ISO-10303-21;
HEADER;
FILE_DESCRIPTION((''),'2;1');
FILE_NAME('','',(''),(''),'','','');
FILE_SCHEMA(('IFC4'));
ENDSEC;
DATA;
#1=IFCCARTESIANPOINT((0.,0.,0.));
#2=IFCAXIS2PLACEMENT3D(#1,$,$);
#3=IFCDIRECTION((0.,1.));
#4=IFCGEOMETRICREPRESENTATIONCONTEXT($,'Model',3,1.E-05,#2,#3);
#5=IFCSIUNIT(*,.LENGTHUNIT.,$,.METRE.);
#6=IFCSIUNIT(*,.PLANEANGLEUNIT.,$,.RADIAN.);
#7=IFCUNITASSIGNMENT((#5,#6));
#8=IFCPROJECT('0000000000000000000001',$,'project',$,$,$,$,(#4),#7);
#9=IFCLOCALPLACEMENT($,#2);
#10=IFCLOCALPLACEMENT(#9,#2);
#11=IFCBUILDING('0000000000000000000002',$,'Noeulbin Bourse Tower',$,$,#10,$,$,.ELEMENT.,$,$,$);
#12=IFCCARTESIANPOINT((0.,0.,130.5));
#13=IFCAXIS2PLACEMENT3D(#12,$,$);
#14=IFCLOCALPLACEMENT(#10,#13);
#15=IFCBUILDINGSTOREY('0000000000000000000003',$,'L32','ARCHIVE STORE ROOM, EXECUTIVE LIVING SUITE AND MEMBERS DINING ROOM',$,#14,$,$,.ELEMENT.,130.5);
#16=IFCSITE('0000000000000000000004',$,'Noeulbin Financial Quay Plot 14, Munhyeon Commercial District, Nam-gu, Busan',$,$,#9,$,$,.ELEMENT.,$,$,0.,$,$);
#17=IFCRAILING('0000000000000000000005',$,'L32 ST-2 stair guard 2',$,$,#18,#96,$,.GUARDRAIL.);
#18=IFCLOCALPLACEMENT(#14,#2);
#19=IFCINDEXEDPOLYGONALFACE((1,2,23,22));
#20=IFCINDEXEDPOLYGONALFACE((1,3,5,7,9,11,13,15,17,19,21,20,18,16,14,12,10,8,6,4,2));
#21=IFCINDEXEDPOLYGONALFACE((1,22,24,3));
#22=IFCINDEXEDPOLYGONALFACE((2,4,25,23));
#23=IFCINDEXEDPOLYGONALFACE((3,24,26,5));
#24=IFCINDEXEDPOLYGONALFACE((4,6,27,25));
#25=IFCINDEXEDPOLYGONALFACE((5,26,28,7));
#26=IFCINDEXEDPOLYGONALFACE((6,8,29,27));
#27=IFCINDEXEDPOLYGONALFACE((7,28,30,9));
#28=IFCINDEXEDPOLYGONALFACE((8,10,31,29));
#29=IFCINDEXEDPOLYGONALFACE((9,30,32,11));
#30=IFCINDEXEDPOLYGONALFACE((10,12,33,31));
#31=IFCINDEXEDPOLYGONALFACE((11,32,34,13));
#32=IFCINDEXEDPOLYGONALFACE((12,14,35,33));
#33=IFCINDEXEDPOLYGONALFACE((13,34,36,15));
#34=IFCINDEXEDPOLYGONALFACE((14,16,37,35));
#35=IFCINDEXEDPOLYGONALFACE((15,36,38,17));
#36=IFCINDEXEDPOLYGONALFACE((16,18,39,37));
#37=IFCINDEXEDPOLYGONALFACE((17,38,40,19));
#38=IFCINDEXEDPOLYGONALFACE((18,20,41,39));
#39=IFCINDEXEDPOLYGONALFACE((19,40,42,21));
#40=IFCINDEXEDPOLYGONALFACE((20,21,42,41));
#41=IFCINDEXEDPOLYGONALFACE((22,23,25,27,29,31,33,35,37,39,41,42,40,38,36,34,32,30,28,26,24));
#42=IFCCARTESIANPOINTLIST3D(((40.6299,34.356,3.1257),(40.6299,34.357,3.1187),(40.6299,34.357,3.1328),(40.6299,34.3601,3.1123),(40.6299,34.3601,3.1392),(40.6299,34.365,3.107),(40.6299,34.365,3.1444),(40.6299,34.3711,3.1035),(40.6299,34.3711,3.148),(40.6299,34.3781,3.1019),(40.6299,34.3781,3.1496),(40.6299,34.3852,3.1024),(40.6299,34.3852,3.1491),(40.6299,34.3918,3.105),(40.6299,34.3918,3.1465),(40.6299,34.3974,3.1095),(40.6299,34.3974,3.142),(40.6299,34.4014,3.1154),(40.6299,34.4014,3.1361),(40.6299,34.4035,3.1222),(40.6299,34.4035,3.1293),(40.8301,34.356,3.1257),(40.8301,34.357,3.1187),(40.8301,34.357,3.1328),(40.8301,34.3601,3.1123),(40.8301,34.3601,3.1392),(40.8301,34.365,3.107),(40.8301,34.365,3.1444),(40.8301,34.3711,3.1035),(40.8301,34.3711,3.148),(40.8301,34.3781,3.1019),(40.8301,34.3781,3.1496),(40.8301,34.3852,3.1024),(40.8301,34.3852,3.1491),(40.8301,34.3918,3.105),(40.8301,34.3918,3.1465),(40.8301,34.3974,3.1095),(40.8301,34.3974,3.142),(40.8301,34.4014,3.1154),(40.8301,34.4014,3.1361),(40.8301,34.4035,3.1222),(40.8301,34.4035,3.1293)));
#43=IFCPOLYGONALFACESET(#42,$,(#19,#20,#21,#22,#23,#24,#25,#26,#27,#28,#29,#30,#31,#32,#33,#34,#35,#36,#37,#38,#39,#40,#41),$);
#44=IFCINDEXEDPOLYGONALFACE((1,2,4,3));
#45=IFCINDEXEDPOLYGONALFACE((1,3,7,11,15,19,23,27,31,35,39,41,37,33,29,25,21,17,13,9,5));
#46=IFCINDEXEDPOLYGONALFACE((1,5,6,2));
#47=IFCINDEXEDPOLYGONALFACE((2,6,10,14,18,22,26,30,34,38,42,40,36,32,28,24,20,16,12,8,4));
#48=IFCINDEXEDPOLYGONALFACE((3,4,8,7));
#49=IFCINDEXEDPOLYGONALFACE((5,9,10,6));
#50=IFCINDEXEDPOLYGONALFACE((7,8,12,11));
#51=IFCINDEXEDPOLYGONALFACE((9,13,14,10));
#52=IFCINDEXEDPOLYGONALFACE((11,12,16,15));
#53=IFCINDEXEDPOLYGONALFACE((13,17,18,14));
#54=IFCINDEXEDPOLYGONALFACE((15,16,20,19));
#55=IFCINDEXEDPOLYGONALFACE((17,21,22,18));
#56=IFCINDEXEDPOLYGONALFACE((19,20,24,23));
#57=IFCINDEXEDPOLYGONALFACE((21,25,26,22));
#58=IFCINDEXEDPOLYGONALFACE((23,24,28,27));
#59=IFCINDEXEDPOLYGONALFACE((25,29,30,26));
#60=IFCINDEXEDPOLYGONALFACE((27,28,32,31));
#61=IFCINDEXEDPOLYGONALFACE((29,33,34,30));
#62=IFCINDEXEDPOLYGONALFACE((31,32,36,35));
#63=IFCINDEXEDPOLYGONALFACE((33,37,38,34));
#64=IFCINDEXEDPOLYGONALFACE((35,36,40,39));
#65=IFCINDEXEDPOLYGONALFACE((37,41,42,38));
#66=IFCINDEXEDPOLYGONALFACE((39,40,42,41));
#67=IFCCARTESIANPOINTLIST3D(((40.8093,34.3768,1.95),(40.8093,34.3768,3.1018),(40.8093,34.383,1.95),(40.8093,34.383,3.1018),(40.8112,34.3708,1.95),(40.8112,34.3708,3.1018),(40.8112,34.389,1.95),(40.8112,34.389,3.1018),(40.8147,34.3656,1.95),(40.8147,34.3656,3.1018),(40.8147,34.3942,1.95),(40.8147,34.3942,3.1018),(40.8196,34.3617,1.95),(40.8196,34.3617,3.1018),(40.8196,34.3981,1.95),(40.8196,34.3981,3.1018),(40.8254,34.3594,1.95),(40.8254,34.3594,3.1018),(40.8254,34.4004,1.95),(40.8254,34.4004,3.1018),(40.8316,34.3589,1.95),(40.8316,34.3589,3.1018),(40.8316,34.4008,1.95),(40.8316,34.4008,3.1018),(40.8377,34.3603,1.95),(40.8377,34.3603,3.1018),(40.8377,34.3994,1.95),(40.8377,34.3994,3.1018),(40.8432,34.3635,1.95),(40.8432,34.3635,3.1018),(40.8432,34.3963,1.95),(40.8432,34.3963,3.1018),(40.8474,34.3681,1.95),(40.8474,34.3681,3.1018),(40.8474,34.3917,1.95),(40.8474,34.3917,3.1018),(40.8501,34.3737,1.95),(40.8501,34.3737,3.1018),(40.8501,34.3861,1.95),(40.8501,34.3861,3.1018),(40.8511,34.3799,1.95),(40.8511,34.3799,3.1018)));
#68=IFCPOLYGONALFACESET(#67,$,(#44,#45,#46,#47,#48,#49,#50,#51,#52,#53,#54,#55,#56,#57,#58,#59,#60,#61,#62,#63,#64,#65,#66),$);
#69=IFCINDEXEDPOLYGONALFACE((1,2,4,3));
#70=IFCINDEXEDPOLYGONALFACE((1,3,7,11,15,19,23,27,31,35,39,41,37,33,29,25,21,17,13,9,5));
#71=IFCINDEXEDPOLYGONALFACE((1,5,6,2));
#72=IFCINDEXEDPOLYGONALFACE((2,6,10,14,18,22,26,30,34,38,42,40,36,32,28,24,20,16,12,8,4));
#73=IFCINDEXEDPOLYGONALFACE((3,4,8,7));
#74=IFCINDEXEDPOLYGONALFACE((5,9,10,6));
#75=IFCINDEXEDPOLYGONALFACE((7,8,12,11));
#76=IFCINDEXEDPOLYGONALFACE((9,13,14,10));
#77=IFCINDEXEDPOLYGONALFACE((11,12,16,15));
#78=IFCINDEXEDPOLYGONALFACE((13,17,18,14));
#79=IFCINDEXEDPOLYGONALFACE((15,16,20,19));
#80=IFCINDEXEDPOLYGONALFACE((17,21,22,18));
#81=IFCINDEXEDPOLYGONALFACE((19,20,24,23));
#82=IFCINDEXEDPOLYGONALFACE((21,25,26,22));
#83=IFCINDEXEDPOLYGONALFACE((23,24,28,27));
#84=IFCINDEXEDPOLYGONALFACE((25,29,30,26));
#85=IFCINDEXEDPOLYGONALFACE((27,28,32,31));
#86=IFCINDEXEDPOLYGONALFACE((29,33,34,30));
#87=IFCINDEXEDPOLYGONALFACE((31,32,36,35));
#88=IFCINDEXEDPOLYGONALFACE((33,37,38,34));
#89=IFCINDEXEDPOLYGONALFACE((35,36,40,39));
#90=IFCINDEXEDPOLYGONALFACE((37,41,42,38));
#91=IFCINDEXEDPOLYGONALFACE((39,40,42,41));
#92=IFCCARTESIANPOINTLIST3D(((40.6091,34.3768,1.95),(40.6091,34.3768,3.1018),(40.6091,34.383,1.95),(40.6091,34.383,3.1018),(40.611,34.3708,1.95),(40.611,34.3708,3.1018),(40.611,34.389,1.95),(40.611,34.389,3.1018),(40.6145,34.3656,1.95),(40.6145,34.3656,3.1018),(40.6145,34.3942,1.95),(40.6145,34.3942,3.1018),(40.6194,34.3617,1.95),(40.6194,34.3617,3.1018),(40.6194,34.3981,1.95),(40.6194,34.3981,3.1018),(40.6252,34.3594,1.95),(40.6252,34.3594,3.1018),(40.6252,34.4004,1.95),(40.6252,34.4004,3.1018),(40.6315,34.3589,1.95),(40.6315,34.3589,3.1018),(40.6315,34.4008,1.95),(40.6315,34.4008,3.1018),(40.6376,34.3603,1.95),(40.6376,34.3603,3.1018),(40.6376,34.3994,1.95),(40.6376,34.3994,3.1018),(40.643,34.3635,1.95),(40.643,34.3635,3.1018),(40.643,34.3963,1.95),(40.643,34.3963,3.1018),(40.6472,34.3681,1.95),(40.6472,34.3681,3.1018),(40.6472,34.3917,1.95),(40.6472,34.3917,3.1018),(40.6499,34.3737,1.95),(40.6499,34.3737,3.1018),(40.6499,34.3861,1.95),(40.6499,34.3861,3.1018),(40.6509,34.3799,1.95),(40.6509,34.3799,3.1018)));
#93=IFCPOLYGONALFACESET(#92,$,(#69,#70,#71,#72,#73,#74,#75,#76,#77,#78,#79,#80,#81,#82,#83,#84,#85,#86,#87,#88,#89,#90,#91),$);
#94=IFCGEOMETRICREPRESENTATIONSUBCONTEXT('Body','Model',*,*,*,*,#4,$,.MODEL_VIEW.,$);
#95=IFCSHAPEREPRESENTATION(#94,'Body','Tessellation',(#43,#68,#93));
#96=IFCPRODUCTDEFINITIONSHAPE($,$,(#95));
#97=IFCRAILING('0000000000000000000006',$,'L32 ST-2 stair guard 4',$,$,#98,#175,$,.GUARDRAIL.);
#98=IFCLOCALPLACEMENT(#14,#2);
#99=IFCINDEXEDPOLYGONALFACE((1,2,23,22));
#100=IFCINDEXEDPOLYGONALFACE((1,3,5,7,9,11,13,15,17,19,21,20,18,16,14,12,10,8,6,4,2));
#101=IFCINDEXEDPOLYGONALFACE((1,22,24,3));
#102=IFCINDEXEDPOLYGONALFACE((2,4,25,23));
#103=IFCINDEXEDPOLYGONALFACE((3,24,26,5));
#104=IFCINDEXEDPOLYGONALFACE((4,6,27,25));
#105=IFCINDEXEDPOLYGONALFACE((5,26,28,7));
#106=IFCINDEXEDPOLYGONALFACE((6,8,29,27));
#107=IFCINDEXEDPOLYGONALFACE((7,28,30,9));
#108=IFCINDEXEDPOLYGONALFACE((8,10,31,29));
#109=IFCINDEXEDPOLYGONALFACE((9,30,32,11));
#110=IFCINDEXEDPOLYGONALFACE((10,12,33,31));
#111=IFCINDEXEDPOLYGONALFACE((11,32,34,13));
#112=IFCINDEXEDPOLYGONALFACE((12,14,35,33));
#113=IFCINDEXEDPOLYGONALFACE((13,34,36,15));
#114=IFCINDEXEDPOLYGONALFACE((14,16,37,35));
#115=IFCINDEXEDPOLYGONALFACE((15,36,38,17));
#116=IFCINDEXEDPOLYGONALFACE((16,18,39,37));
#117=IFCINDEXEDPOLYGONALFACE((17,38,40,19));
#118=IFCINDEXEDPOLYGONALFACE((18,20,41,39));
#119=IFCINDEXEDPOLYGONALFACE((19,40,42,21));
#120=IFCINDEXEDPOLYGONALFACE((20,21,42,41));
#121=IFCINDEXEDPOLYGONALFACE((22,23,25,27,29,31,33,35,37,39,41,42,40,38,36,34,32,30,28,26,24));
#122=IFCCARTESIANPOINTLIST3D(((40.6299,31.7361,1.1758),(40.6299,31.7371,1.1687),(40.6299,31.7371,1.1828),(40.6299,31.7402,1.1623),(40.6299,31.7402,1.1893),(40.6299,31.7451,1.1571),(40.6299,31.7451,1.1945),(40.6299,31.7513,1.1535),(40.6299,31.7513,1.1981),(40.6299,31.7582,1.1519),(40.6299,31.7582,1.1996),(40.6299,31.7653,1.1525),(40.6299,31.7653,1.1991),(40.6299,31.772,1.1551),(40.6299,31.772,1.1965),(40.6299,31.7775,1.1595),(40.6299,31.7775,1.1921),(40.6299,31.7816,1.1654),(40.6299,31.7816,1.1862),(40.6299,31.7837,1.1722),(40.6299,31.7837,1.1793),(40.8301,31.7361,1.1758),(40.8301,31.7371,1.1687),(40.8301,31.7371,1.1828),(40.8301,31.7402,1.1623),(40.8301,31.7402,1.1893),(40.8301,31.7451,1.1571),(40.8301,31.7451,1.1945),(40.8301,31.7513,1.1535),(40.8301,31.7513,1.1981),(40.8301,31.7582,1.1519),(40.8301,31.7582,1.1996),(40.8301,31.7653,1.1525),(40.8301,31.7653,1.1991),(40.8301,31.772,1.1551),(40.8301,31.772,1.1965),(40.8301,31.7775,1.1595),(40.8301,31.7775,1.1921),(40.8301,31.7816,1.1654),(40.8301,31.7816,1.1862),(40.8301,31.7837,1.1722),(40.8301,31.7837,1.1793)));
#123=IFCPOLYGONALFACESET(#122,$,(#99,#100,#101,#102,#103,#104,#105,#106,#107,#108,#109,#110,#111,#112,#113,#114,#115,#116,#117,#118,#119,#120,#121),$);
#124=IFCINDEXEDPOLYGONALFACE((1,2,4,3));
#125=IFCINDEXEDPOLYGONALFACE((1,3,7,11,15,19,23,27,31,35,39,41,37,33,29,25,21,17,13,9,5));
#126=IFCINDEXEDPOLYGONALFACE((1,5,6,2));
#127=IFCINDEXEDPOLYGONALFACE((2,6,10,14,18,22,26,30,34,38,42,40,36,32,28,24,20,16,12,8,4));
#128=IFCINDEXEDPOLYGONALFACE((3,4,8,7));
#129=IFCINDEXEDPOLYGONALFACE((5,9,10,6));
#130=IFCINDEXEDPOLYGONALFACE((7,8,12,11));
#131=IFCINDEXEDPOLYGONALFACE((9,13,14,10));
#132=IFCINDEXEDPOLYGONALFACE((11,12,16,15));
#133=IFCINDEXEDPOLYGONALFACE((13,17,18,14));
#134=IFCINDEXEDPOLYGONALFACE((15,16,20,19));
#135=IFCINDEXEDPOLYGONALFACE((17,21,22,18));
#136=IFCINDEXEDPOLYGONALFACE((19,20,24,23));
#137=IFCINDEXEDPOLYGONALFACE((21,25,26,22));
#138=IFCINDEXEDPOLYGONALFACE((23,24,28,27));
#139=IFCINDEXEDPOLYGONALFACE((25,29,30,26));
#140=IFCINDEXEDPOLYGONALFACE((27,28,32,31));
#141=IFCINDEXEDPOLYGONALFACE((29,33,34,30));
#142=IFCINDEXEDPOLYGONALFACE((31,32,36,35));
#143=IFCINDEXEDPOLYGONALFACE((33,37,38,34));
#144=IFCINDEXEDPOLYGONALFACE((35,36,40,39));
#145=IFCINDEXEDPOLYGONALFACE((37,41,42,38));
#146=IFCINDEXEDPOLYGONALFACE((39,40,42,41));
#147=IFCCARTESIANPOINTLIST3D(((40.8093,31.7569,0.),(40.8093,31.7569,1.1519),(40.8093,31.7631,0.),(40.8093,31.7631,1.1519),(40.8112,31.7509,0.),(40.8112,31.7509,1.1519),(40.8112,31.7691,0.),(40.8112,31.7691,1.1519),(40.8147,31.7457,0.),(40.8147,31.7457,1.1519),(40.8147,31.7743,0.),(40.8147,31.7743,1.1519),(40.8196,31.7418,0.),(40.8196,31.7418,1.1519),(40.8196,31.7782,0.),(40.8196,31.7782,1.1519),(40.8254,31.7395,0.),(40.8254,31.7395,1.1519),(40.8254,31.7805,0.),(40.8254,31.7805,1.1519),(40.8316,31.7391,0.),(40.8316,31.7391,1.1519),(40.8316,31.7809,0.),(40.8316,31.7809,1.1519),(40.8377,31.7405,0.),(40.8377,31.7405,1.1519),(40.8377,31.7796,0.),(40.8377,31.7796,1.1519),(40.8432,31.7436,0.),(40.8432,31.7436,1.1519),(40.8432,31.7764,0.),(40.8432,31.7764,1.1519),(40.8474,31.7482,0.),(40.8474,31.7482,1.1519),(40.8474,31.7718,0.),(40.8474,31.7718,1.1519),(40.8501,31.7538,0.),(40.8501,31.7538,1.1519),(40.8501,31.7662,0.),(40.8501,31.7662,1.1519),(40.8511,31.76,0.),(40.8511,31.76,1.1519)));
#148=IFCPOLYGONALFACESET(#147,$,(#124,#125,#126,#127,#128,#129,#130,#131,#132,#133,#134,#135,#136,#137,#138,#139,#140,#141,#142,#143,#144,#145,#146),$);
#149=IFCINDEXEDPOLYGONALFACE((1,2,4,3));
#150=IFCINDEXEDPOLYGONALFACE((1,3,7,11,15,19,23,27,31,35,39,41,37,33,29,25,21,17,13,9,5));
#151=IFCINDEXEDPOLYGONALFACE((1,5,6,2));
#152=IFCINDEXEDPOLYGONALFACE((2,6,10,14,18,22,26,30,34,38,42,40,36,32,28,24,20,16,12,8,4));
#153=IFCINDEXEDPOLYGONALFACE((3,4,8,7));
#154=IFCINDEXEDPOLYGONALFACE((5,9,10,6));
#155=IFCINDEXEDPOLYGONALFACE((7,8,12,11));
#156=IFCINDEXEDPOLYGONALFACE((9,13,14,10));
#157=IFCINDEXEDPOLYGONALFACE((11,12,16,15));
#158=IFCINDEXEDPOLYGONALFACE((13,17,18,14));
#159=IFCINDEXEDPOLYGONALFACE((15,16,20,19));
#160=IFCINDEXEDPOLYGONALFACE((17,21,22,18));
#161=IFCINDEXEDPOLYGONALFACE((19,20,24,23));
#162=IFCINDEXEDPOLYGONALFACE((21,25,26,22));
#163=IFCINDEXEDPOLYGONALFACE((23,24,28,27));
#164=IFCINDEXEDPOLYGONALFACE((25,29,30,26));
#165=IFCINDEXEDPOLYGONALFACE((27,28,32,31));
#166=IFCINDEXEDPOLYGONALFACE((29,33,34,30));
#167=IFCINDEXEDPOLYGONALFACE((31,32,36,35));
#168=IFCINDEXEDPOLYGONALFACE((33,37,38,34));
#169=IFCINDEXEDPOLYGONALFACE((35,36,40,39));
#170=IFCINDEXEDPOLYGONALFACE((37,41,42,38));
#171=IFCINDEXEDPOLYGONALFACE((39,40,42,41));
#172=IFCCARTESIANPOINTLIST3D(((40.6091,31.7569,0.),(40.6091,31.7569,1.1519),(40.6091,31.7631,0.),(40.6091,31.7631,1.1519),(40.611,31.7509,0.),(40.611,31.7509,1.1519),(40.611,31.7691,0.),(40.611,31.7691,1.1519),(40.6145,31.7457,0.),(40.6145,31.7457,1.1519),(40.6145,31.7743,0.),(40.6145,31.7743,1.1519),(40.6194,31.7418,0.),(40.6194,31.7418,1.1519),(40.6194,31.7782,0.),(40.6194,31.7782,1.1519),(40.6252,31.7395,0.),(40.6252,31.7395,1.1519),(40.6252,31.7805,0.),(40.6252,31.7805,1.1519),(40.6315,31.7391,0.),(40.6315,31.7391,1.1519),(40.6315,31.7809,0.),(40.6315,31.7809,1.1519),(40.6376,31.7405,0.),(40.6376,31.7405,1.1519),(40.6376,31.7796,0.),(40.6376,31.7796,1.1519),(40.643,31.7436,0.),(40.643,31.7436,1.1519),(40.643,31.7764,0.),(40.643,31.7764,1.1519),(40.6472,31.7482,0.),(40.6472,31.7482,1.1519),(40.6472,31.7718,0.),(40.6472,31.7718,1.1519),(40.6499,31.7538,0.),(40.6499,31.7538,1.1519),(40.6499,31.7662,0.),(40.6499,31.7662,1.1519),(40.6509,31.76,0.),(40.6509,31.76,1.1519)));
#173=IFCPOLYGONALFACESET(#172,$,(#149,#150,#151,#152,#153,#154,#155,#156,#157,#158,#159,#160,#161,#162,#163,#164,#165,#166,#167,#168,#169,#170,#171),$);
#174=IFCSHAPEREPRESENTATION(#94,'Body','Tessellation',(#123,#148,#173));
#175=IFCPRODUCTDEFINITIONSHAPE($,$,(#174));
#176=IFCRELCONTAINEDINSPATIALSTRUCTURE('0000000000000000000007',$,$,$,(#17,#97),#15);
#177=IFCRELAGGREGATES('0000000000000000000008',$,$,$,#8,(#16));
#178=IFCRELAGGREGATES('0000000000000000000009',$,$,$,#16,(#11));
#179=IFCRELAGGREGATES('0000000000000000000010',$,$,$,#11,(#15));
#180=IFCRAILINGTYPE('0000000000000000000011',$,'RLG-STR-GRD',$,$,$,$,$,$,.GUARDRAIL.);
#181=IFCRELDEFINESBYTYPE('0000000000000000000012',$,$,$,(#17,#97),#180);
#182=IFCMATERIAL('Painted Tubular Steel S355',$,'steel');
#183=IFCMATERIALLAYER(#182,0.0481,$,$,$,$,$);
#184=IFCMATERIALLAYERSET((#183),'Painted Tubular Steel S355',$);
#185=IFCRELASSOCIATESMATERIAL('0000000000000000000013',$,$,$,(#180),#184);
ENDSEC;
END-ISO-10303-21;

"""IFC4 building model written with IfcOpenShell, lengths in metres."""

from ifc_helpers import new_model, si_unit, direction, frame, origin, origin_2d, place, context, subcontext, project, spatial, circle, extrude, material, layer, layer_set, type_object, element, save


model = new_model("IFC4")

# Units and contexts
model_context = context("Model", 3, precision=1e-05, world=origin(), true_north=direction((0.0, 1.0)))
body_context = subcontext(model_context, "Body", "Model", "MODEL_VIEW")
ifc_project = project(units=[si_unit("LENGTHUNIT", "METRE"), si_unit("PLANEANGLEUNIT", "RADIAN")], contexts=[model_context])

# Site, building, storey
site_placement = place(None, origin())
site = spatial("IfcSite", under=ifc_project, at=site_placement, Name="Noeulbin Financial Quay Plot 14, Munhyeon Commercial District, Nam-gu, Busan", CompositionType="ELEMENT", RefElevation=0.0)
building_placement = place(site_placement, origin())
building = spatial("IfcBuilding", under=site, at=building_placement, Name="Noeulbin Bourse Tower", CompositionType="ELEMENT")
storey_placement = place(building_placement, frame((0.0, 0.0, 130.5)))
storey = spatial("IfcBuildingStorey", under=building, at=storey_placement, Name="L32", Description="ARCHIVE STORE ROOM, EXECUTIVE LIVING SUITE AND MEMBERS DINING ROOM", CompositionType="ELEMENT", Elevation=130.5)

# Railings
ifc_material_1 = material(Name="Painted Tubular Steel S355", Category="steel")
ifc_layer_1 = layer(ifc_material_1, 0.0481)
ifc_layer_set_1 = layer_set([ifc_layer_1], Name="Painted Tubular Steel S355")
railing_type_1 = type_object("IfcRailingType", Name="RLG-STR-GRD", PredefinedType="GUARDRAIL", material=ifc_layer_set_1)
for number, where, name in (
    (1, (40.8301, 34.3799, 1.95), "L32 ST-2 stair guard 2"),
    (2, (40.8301, 31.76, 0.0), "L32 ST-2 stair guard 4"),
):
    element("IfcRailing", number, at=place(storey_placement, frame(where)), inside=storey, type_object=railing_type_1, Name=name, PredefinedType="GUARDRAIL", context=body_context, shape_type="SweptSolid", body=[
        extrude(circle(Radius=0.0239, at=origin_2d()), frame((0.0, 0.0, 1.1758), z_axis=(-1.0, 0.0, 0.0), x_axis=(0.0, -1.0, 0.0)), (0.0, 0.0, 1.0), 0.2002),
        extrude(circle(Radius=0.021, at=origin_2d()), origin(), (0.0, 0.0, 1.0), 1.1519),
        extrude(circle(Radius=0.021, at=origin_2d()), frame((-0.2002, 0.0, 0.0)), (0.0, 0.0, 1.0), 1.1519),
    ])

save(model, "model.ifc")
